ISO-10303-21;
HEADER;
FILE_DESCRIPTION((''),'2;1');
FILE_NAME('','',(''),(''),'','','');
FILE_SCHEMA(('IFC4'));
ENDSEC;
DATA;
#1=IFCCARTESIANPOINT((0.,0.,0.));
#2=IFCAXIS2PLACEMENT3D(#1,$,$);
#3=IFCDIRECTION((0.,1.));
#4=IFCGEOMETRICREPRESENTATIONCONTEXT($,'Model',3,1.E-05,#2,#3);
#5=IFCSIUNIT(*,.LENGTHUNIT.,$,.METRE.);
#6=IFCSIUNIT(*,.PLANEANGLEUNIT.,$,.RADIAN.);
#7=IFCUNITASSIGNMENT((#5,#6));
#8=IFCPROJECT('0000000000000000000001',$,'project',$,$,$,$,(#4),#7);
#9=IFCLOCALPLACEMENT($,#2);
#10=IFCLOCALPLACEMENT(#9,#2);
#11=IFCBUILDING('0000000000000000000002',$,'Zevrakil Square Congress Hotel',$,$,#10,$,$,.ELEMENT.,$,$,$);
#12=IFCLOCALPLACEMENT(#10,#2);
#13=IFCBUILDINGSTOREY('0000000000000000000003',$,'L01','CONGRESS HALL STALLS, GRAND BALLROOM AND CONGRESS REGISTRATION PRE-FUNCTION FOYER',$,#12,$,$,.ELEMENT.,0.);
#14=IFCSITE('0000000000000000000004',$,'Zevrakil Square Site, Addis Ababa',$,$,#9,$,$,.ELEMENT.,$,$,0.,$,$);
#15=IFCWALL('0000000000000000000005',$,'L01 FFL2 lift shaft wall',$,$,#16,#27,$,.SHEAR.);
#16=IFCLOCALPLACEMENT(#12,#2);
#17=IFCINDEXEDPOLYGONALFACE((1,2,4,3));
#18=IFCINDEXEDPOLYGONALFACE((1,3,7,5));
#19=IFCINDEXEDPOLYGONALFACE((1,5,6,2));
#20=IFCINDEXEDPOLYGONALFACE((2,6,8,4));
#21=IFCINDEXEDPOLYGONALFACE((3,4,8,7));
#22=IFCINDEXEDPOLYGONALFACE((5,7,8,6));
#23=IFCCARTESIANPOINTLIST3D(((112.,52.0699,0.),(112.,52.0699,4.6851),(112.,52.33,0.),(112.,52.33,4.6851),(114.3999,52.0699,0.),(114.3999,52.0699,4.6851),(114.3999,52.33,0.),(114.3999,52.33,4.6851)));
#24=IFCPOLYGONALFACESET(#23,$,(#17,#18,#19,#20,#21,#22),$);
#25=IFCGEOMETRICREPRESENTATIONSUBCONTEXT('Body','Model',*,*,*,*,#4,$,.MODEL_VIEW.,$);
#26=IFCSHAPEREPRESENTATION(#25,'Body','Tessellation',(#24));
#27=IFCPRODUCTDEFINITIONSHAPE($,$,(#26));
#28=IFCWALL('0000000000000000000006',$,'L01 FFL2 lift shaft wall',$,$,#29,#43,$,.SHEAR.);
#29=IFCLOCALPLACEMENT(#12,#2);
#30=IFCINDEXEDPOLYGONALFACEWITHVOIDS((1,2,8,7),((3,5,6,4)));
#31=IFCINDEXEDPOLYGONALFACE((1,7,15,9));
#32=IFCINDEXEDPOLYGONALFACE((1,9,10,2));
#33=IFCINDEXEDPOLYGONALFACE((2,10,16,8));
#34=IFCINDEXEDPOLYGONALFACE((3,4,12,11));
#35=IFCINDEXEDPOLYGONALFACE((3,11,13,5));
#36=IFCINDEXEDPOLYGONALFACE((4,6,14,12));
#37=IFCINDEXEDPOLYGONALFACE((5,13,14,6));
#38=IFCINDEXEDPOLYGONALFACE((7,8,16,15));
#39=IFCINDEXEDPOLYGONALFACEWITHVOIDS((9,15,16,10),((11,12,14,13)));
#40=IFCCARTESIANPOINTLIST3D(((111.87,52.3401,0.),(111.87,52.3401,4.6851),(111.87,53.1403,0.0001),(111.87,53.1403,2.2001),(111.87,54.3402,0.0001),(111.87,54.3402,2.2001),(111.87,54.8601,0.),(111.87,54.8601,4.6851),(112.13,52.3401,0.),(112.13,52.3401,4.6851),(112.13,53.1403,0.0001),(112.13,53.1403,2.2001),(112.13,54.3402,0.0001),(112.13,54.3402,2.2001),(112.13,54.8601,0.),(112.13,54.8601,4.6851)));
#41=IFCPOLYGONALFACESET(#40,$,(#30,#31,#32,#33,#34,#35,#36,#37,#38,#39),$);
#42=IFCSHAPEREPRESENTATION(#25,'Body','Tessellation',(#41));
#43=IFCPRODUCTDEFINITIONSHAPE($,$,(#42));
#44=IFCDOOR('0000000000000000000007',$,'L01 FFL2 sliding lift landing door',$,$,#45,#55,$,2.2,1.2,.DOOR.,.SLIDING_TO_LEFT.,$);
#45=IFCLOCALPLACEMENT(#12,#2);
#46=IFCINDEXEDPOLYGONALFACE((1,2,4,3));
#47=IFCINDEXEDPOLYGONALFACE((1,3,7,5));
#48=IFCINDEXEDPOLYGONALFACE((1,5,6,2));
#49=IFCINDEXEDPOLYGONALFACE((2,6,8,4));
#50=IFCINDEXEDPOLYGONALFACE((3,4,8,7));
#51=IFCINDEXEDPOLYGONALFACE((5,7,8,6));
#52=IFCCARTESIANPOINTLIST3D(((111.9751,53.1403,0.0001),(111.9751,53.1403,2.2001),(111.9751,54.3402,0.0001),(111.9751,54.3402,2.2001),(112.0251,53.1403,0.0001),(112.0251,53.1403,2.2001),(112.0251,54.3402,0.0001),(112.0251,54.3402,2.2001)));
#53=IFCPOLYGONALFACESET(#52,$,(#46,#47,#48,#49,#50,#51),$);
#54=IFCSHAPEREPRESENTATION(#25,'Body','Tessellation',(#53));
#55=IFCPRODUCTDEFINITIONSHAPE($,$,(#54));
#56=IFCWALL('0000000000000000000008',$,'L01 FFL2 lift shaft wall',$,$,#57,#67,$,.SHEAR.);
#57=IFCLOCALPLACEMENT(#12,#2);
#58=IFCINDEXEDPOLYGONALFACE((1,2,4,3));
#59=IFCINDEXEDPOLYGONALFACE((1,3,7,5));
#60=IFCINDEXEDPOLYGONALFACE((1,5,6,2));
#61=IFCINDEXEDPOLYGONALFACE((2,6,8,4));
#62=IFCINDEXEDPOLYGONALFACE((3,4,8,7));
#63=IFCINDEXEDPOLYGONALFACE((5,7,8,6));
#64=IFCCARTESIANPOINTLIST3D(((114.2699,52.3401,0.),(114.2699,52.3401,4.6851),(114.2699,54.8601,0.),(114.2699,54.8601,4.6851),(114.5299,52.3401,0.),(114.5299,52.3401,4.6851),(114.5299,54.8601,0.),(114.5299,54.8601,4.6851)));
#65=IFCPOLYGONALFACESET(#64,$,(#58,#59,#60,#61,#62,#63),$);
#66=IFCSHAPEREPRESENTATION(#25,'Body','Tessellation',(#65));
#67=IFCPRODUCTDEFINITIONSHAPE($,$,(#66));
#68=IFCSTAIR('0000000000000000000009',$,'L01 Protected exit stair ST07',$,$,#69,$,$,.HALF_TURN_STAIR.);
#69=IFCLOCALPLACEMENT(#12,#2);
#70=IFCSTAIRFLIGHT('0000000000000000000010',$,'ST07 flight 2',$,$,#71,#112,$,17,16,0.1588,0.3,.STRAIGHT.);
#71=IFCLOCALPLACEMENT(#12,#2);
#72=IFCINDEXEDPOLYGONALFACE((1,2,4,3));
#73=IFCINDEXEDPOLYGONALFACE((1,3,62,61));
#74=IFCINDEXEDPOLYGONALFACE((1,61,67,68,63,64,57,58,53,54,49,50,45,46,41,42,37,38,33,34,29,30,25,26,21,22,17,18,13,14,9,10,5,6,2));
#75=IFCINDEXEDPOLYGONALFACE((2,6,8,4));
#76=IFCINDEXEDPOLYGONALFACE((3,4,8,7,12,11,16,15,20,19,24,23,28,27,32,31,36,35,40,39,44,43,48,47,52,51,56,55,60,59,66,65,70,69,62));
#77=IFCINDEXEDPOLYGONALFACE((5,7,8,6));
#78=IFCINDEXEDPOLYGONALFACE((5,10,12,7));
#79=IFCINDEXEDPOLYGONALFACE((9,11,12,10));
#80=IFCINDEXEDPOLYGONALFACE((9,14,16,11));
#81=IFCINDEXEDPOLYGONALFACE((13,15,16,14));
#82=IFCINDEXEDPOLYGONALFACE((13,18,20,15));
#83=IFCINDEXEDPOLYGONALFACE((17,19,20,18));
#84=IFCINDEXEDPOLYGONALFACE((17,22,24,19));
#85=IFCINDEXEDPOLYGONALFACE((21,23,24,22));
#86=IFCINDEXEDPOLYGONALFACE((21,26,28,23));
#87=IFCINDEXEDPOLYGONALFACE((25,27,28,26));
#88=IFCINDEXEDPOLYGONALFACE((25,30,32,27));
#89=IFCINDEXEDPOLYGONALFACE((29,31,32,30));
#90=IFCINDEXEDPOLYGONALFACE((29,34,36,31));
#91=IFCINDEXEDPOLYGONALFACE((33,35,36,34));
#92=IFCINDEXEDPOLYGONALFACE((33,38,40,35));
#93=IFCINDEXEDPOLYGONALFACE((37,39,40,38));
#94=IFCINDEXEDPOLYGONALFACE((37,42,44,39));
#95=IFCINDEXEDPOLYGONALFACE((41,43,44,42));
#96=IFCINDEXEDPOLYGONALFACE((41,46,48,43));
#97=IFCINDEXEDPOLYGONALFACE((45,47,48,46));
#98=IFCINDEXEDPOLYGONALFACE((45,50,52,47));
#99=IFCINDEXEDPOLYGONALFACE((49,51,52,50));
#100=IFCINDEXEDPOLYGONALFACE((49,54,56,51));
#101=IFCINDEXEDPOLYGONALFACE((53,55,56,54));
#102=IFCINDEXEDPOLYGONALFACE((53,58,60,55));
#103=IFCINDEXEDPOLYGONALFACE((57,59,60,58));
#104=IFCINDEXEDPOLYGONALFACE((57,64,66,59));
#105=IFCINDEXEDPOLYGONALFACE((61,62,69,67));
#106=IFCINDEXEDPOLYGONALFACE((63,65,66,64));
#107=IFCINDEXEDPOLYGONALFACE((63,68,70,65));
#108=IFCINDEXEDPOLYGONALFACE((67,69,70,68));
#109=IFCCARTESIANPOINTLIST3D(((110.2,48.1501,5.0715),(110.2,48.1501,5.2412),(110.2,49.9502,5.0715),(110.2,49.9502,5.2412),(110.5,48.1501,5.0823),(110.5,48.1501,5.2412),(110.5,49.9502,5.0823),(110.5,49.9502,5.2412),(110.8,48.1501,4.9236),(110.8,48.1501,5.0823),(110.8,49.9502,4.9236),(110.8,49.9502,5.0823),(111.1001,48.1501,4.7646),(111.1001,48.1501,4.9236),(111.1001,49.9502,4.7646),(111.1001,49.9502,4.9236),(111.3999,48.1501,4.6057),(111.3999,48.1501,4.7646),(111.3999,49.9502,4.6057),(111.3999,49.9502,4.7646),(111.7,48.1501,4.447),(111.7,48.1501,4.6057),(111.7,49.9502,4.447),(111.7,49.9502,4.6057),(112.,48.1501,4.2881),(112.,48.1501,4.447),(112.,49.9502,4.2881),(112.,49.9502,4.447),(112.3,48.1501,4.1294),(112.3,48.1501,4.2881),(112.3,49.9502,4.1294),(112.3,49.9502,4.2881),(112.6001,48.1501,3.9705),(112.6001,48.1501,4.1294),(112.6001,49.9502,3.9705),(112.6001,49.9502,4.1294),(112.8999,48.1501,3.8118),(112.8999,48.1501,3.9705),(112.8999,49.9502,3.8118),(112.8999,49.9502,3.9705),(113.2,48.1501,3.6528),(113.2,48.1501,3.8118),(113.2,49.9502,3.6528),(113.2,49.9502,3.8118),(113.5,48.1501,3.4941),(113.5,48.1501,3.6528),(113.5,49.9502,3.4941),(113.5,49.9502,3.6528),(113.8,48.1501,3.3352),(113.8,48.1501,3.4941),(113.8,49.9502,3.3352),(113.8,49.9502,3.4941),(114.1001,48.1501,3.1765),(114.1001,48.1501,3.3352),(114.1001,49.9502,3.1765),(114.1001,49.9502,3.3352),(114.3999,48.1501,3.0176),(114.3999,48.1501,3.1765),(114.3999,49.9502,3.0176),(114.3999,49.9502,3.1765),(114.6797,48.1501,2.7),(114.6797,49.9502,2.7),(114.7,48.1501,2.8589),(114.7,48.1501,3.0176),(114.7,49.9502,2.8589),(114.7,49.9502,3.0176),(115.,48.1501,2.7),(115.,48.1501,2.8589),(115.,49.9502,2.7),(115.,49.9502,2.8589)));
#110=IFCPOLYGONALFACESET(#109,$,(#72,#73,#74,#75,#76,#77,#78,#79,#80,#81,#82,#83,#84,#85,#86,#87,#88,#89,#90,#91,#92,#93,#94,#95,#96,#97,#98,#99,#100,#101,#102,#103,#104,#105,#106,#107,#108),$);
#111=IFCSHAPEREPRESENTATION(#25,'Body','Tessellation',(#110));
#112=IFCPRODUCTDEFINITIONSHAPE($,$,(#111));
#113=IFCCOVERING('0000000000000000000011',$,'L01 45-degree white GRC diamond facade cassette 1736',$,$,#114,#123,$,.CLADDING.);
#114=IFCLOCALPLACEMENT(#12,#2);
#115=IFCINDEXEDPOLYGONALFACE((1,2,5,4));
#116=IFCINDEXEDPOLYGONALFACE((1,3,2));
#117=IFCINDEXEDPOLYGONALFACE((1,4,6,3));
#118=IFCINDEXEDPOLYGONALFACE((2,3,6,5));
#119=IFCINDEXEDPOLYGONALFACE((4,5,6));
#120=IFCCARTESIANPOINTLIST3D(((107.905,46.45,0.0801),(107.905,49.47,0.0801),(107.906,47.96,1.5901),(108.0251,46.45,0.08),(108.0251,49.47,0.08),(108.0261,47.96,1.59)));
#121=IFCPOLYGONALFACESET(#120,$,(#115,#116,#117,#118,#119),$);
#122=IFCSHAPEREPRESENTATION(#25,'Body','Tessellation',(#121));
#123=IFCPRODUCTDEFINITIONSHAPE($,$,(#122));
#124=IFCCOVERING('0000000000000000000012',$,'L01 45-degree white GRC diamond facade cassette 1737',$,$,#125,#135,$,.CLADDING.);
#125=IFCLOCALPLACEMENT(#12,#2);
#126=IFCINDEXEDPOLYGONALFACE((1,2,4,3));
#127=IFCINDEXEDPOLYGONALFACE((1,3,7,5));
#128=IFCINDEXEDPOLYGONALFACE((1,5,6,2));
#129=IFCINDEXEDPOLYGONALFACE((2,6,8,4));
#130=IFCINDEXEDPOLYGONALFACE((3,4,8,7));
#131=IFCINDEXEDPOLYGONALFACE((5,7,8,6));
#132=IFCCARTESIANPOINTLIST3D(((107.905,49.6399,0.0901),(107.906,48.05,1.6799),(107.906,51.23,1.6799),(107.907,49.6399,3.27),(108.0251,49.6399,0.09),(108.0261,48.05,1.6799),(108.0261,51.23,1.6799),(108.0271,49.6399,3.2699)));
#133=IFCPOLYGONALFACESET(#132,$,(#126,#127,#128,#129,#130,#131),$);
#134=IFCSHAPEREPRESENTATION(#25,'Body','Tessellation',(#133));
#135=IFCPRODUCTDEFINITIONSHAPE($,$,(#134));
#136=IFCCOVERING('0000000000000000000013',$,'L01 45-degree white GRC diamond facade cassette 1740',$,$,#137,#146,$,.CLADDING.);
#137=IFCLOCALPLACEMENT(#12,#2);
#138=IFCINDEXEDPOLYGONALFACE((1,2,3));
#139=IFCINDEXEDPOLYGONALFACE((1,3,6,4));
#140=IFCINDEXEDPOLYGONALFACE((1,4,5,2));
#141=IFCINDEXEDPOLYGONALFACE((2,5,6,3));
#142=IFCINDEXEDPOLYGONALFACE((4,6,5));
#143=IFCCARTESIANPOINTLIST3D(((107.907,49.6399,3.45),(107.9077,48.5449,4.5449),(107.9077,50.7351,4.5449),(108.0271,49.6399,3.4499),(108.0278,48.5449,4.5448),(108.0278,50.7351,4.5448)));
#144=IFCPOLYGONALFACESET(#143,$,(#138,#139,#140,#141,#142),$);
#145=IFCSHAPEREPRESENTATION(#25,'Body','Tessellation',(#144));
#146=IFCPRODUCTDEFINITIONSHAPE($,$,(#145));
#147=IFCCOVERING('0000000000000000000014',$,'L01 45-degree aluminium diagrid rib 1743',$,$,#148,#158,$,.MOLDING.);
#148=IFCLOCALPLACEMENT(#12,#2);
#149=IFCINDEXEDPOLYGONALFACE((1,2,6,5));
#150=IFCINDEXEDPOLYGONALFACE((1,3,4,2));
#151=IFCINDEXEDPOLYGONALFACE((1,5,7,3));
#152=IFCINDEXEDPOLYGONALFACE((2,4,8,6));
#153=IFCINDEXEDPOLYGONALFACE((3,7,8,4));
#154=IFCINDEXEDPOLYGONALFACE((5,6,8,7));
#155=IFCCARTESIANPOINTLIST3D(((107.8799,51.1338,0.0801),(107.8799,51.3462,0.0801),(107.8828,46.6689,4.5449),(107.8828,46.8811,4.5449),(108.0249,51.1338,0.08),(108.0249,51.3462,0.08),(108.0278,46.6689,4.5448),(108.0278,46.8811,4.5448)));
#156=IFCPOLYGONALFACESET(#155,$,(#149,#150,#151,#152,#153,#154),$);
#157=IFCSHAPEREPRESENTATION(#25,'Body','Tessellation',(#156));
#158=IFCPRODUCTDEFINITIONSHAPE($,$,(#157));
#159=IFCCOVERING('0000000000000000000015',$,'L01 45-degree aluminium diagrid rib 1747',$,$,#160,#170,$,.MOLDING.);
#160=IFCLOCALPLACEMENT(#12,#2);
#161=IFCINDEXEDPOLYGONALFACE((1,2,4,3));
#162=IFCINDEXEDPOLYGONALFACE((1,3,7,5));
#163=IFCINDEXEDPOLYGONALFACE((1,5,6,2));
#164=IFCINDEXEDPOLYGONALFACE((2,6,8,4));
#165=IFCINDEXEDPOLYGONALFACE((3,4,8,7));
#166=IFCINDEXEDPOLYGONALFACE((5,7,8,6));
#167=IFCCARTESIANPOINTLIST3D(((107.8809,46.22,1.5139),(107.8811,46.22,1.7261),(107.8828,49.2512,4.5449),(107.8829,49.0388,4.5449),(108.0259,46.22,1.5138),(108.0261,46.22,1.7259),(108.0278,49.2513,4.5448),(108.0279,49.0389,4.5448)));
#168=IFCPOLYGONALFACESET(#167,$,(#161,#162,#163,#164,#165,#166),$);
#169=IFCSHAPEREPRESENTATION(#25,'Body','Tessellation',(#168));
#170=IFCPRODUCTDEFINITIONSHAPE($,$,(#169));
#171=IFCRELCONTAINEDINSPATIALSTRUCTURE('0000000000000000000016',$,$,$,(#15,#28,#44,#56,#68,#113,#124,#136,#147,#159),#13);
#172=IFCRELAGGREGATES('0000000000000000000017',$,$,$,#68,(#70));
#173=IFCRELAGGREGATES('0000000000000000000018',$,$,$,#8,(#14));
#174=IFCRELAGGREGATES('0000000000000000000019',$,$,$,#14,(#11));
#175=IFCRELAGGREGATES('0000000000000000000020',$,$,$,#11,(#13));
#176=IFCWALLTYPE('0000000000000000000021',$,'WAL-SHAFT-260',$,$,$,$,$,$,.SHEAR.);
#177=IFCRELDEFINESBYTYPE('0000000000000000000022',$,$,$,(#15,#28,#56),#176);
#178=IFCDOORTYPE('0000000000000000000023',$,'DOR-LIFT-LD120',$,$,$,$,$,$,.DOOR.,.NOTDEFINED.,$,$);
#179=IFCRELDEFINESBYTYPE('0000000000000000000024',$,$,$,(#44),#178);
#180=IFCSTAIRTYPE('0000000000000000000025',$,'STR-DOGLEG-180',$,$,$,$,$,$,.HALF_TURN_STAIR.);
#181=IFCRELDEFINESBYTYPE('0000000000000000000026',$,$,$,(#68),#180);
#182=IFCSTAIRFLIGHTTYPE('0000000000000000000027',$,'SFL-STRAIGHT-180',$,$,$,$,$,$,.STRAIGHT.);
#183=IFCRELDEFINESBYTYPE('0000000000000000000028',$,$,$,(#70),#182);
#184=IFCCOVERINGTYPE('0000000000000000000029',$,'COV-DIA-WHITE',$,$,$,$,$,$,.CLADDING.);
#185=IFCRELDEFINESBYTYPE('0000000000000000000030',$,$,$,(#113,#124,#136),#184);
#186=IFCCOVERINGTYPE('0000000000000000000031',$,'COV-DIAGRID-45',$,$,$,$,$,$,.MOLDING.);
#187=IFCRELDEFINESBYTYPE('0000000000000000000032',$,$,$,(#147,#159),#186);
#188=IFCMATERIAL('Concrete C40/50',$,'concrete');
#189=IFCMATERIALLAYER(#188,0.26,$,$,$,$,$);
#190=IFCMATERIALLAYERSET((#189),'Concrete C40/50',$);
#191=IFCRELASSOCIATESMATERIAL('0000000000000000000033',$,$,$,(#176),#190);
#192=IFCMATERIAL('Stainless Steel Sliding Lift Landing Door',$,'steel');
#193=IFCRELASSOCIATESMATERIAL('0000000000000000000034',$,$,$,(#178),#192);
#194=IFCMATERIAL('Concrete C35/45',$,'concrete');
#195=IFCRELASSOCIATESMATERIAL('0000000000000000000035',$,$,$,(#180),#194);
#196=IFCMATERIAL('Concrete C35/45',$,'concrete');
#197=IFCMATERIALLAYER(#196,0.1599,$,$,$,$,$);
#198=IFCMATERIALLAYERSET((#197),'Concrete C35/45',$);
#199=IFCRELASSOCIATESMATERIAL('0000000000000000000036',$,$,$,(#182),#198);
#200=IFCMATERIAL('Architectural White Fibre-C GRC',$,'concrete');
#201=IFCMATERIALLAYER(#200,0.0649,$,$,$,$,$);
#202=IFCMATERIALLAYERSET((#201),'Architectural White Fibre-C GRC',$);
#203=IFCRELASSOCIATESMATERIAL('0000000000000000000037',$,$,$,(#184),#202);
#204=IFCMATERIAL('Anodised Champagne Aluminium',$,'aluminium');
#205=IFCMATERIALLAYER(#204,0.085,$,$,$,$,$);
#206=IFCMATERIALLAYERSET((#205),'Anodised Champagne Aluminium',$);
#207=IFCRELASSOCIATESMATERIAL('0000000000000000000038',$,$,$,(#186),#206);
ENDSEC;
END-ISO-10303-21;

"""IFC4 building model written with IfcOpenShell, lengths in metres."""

from ifc_helpers import new_model, si_unit, direction, frame, frame_2d, origin, place, context, subcontext, project, spatial, polyline, rectangle, outline, extrude, material, layer, layer_set, type_object, element, fill, aggregate, save


model = new_model("IFC4")

# Units and contexts
model_context = context("Model", 3, precision=1e-05, world=origin(), true_north=direction((0.0, 1.0)))
body_context = subcontext(model_context, "Body", "Model", "MODEL_VIEW")
ifc_project = project(units=[si_unit("LENGTHUNIT", "METRE"), si_unit("PLANEANGLEUNIT", "RADIAN")], contexts=[model_context])

# Site, building, storey
site_placement = place(None, origin())
site = spatial("IfcSite", under=ifc_project, at=site_placement, Name="Zevrakil Square Site, Addis Ababa", CompositionType="ELEMENT", RefElevation=0.0)
building_placement = place(site_placement, origin())
building = spatial("IfcBuilding", under=site, at=building_placement, Name="Zevrakil Square Congress Hotel", CompositionType="ELEMENT")
storey_placement = place(building_placement, origin())
storey = spatial("IfcBuildingStorey", under=building, at=storey_placement, Name="L01", Description="CONGRESS HALL STALLS, GRAND BALLROOM AND CONGRESS REGISTRATION PRE-FUNCTION FOYER", CompositionType="ELEMENT", Elevation=0.0)

# Wall
ifc_material_1 = material(Name="Concrete C40/50", Category="concrete")
ifc_layer_1 = layer(ifc_material_1, 0.26)
ifc_layer_set_1 = layer_set([ifc_layer_1], Name="Concrete C40/50")
wall_type_1 = type_object("IfcWallType", Name="WAL-SHAFT-260", PredefinedType="SHEAR", material=ifc_layer_set_1)
wall_1_placement = place(storey_placement, frame((112.0, 52.2, 0.0), z_axis=(0.0, 0.0, 1.0), x_axis=(1.0, 0.0, 0.0)))
element("IfcWall", 1, at=wall_1_placement, inside=storey, type_object=wall_type_1, Name="L01 FFL2 lift shaft wall", PredefinedType="SHEAR", context=body_context, shape_type="SweptSolid", body=[
    extrude(rectangle(XDim=2.3999, YDim=0.26, at=frame_2d((1.2, 0.0))), origin(), (0.0, 0.0, 1.0), 4.6851),
])

# Wall, opening, door
wall_2_placement = place(storey_placement, frame((112.0, 52.3401, 0.0), z_axis=(0.0, 0.0, 1.0), x_axis=(0.0, 1.0, 0.0)))
wall_2 = element("IfcWall", 2, at=wall_2_placement, inside=storey, type_object=wall_type_1, Name="L01 FFL2 lift shaft wall", PredefinedType="SHEAR", context=body_context, shape_type="SweptSolid", body=[
    extrude(rectangle(XDim=2.52, YDim=0.26, at=frame_2d((1.26, 0.0))), origin(), (0.0, 0.0, 1.0), 4.6851),
])
opening_1_placement = place(wall_2_placement, frame((0.8, 0.0, 0.0)))
opening_1 = element("IfcOpeningElement", 3, at=opening_1_placement, cuts=wall_2, PredefinedType="OPENING", context=body_context, shape_type="SweptSolid", body=[
    extrude(rectangle(XDim=1.2, YDim=2.2, at=frame_2d((0.6001, 1.1001))), frame((0.0, 0.1401, 0.0), z_axis=(0.0, -1.0, 0.0), x_axis=(1.0, 0.0, 0.0)), (0.0, 0.0, 1.0), 0.28),
])
ifc_material_2 = material(Name="Stainless Steel Sliding Lift Landing Door", Category="steel")
door_type_1 = type_object("IfcDoorType", Name="DOR-LIFT-LD120", OperationType="NOTDEFINED", PredefinedType="DOOR", material=ifc_material_2)
door_1_placement = place(opening_1_placement, origin())
door_1 = element("IfcDoor", 4, at=door_1_placement, inside=storey, type_object=door_type_1, Name="L01 FFL2 sliding lift landing door", OperationType="SLIDING_TO_LEFT", OverallHeight=2.2, OverallWidth=1.2, PredefinedType="DOOR", context=body_context, shape_type="SweptSolid", body=[
    extrude(rectangle(XDim=1.2, YDim=2.2, at=frame_2d((0.6001, 1.1001))), frame((0.0, 0.0249, 0.0), z_axis=(0.0, -1.0, 0.0), x_axis=(1.0, 0.0, 0.0)), (0.0, 0.0, 1.0), 0.05),
])
fill(opening_1, door_1)

# Wall
wall_3_placement = place(storey_placement, frame((114.3999, 52.3401, 0.0), z_axis=(0.0, 0.0, 1.0), x_axis=(0.0, 1.0, 0.0)))
element("IfcWall", 5, at=wall_3_placement, inside=storey, type_object=wall_type_1, Name="L01 FFL2 lift shaft wall", PredefinedType="SHEAR", context=body_context, shape_type="SweptSolid", body=[
    extrude(rectangle(XDim=2.52, YDim=0.26, at=frame_2d((1.26, 0.0))), origin(), (0.0, 0.0, 1.0), 4.6851),
])

# Stair, stair flight
ifc_material_3 = material(Name="Concrete C35/45", Category="concrete")
stair_type = type_object("IfcStairType", Name="STR-DOGLEG-180", PredefinedType="HALF_TURN_STAIR", material=ifc_material_3)
stair_placement = place(storey_placement, origin())
stair = element("IfcStair", 6, at=stair_placement, inside=storey, type_object=stair_type, Name="L01 Protected exit stair ST07", PredefinedType="HALF_TURN_STAIR")
ifc_material_4 = material(Name="Concrete C35/45", Category="concrete")
ifc_layer_2 = layer(ifc_material_4, 0.1599)
ifc_layer_set_2 = layer_set([ifc_layer_2], Name="Concrete C35/45")
stair_flight_type = type_object("IfcStairFlightType", Name="SFL-STRAIGHT-180", PredefinedType="STRAIGHT", material=ifc_layer_set_2)
stair_flight_placement = place(storey_placement, frame((115.0, 49.05, 2.7), z_axis=(0.0, 0.0, 1.0), x_axis=(-1.0, 0.0, 0.0)))
stair_flight = element("IfcStairFlight", 7, at=stair_flight_placement, type_object=stair_flight_type, Name="ST07 flight 2", NumberOfRisers=17, NumberOfTreads=16, PredefinedType="STRAIGHT", RiserHeight=0.1588, TreadLength=0.3, context=body_context, shape_type="SweptSolid", body=[
    extrude(outline(polyline([(0.0, 0.0), (0.0, 0.1589), (0.3, 0.1589), (0.3, 0.3176), (0.6001, 0.3176), (0.6001, 0.4766), (0.8999, 0.4766), (0.8999, 0.6353), (1.2, 0.6353), (1.2, 0.7942), (1.5, 0.7942), (1.5, 0.9529), (1.8, 0.9529), (1.8, 1.1118), (2.1001, 1.1118), (2.1001, 1.2705), (2.3999, 1.2705), (2.3999, 1.4294), (2.7, 1.4294), (2.7, 1.5881), (3.0, 1.5881), (3.0, 1.7471), (3.3, 1.7471), (3.3, 1.9058), (3.6001, 1.9058), (3.6001, 2.0647), (3.8999, 2.0647), (3.8999, 2.2236), (4.2, 2.2236), (4.2, 2.3823), (4.5, 2.3823), (4.5, 2.5413), (4.8, 2.5413), (4.8, 2.7), (4.8, 2.3716), (0.3203, 0.0), (0.0, 0.0)])), frame((0.0, 0.8999, 0.0), z_axis=(0.0, -1.0, 0.0), x_axis=(1.0, 0.0, 0.0)), (0.0, 0.0, 1.0), 1.8),
])
aggregate(stair, [stair_flight])

# Coverings
ifc_material_5 = material(Name="Architectural White Fibre-C GRC", Category="concrete")
ifc_layer_3 = layer(ifc_material_5, 0.0649)
ifc_layer_set_3 = layer_set([ifc_layer_3], Name="Architectural White Fibre-C GRC")
covering_type_1 = type_object("IfcCoveringType", Name="COV-DIA-WHITE", PredefinedType="CLADDING", material=ifc_layer_set_3)
covering_1_placement = place(storey_placement, frame((107.906, 47.96, 1.5901), z_axis=(-1.0, 0.0, 0.000647), x_axis=(-0.000457, -0.707107, -0.707107)))
element("IfcCovering", 8, at=covering_1_placement, inside=storey, type_object=covering_type_1, Name="L01 45-degree white GRC diamond facade cassette 1736", PredefinedType="CLADDING", context=body_context, shape_type="SweptSolid", body=[
    extrude(outline(polyline([(0.0, 0.0), (2.1355, 0.0), (0.0, -2.1355), (0.0, 0.0)])), origin(), (0.0, 0.0, -1.0), 0.1201),
])
covering_2_placement = place(storey_placement, frame((107.907, 49.6399, 3.27), z_axis=(-1.0, 0.0, 0.000614), x_axis=(-0.000434, -0.707052, -0.707161)))
element("IfcCovering", 9, at=covering_2_placement, inside=storey, type_object=covering_type_1, Name="L01 45-degree white GRC diamond facade cassette 1737", PredefinedType="CLADDING", context=body_context, shape_type="SweptSolid", body=[
    extrude(outline(polyline([(0.0, 0.0), (2.2486, 0.0), (2.2487, -2.2484), (0.0002, -2.2487), (0.0, 0.0)])), origin(), (0.0, 0.0, -1.0), 0.1201),
])
covering_3_placement = place(storey_placement, frame((107.907, 49.6399, 3.45), z_axis=(-1.0, 0.0, 0.000669), x_axis=(0.000473, 0.707186, 0.707028)))
element("IfcCovering", 10, at=covering_3_placement, inside=storey, type_object=covering_type_1, Name="L01 45-degree white GRC diamond facade cassette 1740", PredefinedType="CLADDING", context=body_context, shape_type="SweptSolid", body=[
    extrude(outline(polyline([(0.0, 0.0), (1.5487, 0.0), (-0.0002, -1.5485), (0.0, 0.0)])), origin(), (0.0, 0.0, -1.0), 0.1201),
])
ifc_material_6 = material(Name="Anodised Champagne Aluminium", Category="aluminium")
ifc_layer_4 = layer(ifc_material_6, 0.085)
ifc_layer_set_4 = layer_set([ifc_layer_4], Name="Anodised Champagne Aluminium")
covering_type_2 = type_object("IfcCoveringType", Name="COV-DIAGRID-45", PredefinedType="MOLDING", material=ifc_layer_set_4)
covering_4_placement = place(storey_placement, frame((107.8799, 51.1338, 0.0801), z_axis=(-1.0, 0.0, 0.000656), x_axis=(0.0, 1.0, 0.0)))
element("IfcCovering", 11, at=covering_4_placement, inside=storey, type_object=covering_type_2, Name="L01 45-degree aluminium diagrid rib 1743", PredefinedType="MOLDING", context=body_context, shape_type="SweptSolid", body=[
    extrude(outline(polyline([(0.0, 0.0), (0.2124, 0.0), (-4.2527, -4.4648), (-4.4648, -4.4648), (0.0, 0.0)])), origin(), (0.0, 0.0, -1.0), 0.145),
])
covering_5_placement = place(storey_placement, frame((107.8828, 49.2512, 4.5449), z_axis=(-1.0, -0.000262, 0.000888), x_axis=(0.000262, -1.0, 0.0)))
element("IfcCovering", 12, at=covering_5_placement, inside=storey, type_object=covering_type_2, Name="L01 45-degree aluminium diagrid rib 1747", PredefinedType="MOLDING", context=body_context, shape_type="SweptSolid", body=[
    extrude(outline(polyline([(0.0, 0.0), (0.2124, 0.0), (3.0313, -2.8188), (3.0313, -3.031), (0.0, 0.0)])), origin(), (0.0, 0.0, -1.0), 0.145),
])

save(model, "model.ifc")
